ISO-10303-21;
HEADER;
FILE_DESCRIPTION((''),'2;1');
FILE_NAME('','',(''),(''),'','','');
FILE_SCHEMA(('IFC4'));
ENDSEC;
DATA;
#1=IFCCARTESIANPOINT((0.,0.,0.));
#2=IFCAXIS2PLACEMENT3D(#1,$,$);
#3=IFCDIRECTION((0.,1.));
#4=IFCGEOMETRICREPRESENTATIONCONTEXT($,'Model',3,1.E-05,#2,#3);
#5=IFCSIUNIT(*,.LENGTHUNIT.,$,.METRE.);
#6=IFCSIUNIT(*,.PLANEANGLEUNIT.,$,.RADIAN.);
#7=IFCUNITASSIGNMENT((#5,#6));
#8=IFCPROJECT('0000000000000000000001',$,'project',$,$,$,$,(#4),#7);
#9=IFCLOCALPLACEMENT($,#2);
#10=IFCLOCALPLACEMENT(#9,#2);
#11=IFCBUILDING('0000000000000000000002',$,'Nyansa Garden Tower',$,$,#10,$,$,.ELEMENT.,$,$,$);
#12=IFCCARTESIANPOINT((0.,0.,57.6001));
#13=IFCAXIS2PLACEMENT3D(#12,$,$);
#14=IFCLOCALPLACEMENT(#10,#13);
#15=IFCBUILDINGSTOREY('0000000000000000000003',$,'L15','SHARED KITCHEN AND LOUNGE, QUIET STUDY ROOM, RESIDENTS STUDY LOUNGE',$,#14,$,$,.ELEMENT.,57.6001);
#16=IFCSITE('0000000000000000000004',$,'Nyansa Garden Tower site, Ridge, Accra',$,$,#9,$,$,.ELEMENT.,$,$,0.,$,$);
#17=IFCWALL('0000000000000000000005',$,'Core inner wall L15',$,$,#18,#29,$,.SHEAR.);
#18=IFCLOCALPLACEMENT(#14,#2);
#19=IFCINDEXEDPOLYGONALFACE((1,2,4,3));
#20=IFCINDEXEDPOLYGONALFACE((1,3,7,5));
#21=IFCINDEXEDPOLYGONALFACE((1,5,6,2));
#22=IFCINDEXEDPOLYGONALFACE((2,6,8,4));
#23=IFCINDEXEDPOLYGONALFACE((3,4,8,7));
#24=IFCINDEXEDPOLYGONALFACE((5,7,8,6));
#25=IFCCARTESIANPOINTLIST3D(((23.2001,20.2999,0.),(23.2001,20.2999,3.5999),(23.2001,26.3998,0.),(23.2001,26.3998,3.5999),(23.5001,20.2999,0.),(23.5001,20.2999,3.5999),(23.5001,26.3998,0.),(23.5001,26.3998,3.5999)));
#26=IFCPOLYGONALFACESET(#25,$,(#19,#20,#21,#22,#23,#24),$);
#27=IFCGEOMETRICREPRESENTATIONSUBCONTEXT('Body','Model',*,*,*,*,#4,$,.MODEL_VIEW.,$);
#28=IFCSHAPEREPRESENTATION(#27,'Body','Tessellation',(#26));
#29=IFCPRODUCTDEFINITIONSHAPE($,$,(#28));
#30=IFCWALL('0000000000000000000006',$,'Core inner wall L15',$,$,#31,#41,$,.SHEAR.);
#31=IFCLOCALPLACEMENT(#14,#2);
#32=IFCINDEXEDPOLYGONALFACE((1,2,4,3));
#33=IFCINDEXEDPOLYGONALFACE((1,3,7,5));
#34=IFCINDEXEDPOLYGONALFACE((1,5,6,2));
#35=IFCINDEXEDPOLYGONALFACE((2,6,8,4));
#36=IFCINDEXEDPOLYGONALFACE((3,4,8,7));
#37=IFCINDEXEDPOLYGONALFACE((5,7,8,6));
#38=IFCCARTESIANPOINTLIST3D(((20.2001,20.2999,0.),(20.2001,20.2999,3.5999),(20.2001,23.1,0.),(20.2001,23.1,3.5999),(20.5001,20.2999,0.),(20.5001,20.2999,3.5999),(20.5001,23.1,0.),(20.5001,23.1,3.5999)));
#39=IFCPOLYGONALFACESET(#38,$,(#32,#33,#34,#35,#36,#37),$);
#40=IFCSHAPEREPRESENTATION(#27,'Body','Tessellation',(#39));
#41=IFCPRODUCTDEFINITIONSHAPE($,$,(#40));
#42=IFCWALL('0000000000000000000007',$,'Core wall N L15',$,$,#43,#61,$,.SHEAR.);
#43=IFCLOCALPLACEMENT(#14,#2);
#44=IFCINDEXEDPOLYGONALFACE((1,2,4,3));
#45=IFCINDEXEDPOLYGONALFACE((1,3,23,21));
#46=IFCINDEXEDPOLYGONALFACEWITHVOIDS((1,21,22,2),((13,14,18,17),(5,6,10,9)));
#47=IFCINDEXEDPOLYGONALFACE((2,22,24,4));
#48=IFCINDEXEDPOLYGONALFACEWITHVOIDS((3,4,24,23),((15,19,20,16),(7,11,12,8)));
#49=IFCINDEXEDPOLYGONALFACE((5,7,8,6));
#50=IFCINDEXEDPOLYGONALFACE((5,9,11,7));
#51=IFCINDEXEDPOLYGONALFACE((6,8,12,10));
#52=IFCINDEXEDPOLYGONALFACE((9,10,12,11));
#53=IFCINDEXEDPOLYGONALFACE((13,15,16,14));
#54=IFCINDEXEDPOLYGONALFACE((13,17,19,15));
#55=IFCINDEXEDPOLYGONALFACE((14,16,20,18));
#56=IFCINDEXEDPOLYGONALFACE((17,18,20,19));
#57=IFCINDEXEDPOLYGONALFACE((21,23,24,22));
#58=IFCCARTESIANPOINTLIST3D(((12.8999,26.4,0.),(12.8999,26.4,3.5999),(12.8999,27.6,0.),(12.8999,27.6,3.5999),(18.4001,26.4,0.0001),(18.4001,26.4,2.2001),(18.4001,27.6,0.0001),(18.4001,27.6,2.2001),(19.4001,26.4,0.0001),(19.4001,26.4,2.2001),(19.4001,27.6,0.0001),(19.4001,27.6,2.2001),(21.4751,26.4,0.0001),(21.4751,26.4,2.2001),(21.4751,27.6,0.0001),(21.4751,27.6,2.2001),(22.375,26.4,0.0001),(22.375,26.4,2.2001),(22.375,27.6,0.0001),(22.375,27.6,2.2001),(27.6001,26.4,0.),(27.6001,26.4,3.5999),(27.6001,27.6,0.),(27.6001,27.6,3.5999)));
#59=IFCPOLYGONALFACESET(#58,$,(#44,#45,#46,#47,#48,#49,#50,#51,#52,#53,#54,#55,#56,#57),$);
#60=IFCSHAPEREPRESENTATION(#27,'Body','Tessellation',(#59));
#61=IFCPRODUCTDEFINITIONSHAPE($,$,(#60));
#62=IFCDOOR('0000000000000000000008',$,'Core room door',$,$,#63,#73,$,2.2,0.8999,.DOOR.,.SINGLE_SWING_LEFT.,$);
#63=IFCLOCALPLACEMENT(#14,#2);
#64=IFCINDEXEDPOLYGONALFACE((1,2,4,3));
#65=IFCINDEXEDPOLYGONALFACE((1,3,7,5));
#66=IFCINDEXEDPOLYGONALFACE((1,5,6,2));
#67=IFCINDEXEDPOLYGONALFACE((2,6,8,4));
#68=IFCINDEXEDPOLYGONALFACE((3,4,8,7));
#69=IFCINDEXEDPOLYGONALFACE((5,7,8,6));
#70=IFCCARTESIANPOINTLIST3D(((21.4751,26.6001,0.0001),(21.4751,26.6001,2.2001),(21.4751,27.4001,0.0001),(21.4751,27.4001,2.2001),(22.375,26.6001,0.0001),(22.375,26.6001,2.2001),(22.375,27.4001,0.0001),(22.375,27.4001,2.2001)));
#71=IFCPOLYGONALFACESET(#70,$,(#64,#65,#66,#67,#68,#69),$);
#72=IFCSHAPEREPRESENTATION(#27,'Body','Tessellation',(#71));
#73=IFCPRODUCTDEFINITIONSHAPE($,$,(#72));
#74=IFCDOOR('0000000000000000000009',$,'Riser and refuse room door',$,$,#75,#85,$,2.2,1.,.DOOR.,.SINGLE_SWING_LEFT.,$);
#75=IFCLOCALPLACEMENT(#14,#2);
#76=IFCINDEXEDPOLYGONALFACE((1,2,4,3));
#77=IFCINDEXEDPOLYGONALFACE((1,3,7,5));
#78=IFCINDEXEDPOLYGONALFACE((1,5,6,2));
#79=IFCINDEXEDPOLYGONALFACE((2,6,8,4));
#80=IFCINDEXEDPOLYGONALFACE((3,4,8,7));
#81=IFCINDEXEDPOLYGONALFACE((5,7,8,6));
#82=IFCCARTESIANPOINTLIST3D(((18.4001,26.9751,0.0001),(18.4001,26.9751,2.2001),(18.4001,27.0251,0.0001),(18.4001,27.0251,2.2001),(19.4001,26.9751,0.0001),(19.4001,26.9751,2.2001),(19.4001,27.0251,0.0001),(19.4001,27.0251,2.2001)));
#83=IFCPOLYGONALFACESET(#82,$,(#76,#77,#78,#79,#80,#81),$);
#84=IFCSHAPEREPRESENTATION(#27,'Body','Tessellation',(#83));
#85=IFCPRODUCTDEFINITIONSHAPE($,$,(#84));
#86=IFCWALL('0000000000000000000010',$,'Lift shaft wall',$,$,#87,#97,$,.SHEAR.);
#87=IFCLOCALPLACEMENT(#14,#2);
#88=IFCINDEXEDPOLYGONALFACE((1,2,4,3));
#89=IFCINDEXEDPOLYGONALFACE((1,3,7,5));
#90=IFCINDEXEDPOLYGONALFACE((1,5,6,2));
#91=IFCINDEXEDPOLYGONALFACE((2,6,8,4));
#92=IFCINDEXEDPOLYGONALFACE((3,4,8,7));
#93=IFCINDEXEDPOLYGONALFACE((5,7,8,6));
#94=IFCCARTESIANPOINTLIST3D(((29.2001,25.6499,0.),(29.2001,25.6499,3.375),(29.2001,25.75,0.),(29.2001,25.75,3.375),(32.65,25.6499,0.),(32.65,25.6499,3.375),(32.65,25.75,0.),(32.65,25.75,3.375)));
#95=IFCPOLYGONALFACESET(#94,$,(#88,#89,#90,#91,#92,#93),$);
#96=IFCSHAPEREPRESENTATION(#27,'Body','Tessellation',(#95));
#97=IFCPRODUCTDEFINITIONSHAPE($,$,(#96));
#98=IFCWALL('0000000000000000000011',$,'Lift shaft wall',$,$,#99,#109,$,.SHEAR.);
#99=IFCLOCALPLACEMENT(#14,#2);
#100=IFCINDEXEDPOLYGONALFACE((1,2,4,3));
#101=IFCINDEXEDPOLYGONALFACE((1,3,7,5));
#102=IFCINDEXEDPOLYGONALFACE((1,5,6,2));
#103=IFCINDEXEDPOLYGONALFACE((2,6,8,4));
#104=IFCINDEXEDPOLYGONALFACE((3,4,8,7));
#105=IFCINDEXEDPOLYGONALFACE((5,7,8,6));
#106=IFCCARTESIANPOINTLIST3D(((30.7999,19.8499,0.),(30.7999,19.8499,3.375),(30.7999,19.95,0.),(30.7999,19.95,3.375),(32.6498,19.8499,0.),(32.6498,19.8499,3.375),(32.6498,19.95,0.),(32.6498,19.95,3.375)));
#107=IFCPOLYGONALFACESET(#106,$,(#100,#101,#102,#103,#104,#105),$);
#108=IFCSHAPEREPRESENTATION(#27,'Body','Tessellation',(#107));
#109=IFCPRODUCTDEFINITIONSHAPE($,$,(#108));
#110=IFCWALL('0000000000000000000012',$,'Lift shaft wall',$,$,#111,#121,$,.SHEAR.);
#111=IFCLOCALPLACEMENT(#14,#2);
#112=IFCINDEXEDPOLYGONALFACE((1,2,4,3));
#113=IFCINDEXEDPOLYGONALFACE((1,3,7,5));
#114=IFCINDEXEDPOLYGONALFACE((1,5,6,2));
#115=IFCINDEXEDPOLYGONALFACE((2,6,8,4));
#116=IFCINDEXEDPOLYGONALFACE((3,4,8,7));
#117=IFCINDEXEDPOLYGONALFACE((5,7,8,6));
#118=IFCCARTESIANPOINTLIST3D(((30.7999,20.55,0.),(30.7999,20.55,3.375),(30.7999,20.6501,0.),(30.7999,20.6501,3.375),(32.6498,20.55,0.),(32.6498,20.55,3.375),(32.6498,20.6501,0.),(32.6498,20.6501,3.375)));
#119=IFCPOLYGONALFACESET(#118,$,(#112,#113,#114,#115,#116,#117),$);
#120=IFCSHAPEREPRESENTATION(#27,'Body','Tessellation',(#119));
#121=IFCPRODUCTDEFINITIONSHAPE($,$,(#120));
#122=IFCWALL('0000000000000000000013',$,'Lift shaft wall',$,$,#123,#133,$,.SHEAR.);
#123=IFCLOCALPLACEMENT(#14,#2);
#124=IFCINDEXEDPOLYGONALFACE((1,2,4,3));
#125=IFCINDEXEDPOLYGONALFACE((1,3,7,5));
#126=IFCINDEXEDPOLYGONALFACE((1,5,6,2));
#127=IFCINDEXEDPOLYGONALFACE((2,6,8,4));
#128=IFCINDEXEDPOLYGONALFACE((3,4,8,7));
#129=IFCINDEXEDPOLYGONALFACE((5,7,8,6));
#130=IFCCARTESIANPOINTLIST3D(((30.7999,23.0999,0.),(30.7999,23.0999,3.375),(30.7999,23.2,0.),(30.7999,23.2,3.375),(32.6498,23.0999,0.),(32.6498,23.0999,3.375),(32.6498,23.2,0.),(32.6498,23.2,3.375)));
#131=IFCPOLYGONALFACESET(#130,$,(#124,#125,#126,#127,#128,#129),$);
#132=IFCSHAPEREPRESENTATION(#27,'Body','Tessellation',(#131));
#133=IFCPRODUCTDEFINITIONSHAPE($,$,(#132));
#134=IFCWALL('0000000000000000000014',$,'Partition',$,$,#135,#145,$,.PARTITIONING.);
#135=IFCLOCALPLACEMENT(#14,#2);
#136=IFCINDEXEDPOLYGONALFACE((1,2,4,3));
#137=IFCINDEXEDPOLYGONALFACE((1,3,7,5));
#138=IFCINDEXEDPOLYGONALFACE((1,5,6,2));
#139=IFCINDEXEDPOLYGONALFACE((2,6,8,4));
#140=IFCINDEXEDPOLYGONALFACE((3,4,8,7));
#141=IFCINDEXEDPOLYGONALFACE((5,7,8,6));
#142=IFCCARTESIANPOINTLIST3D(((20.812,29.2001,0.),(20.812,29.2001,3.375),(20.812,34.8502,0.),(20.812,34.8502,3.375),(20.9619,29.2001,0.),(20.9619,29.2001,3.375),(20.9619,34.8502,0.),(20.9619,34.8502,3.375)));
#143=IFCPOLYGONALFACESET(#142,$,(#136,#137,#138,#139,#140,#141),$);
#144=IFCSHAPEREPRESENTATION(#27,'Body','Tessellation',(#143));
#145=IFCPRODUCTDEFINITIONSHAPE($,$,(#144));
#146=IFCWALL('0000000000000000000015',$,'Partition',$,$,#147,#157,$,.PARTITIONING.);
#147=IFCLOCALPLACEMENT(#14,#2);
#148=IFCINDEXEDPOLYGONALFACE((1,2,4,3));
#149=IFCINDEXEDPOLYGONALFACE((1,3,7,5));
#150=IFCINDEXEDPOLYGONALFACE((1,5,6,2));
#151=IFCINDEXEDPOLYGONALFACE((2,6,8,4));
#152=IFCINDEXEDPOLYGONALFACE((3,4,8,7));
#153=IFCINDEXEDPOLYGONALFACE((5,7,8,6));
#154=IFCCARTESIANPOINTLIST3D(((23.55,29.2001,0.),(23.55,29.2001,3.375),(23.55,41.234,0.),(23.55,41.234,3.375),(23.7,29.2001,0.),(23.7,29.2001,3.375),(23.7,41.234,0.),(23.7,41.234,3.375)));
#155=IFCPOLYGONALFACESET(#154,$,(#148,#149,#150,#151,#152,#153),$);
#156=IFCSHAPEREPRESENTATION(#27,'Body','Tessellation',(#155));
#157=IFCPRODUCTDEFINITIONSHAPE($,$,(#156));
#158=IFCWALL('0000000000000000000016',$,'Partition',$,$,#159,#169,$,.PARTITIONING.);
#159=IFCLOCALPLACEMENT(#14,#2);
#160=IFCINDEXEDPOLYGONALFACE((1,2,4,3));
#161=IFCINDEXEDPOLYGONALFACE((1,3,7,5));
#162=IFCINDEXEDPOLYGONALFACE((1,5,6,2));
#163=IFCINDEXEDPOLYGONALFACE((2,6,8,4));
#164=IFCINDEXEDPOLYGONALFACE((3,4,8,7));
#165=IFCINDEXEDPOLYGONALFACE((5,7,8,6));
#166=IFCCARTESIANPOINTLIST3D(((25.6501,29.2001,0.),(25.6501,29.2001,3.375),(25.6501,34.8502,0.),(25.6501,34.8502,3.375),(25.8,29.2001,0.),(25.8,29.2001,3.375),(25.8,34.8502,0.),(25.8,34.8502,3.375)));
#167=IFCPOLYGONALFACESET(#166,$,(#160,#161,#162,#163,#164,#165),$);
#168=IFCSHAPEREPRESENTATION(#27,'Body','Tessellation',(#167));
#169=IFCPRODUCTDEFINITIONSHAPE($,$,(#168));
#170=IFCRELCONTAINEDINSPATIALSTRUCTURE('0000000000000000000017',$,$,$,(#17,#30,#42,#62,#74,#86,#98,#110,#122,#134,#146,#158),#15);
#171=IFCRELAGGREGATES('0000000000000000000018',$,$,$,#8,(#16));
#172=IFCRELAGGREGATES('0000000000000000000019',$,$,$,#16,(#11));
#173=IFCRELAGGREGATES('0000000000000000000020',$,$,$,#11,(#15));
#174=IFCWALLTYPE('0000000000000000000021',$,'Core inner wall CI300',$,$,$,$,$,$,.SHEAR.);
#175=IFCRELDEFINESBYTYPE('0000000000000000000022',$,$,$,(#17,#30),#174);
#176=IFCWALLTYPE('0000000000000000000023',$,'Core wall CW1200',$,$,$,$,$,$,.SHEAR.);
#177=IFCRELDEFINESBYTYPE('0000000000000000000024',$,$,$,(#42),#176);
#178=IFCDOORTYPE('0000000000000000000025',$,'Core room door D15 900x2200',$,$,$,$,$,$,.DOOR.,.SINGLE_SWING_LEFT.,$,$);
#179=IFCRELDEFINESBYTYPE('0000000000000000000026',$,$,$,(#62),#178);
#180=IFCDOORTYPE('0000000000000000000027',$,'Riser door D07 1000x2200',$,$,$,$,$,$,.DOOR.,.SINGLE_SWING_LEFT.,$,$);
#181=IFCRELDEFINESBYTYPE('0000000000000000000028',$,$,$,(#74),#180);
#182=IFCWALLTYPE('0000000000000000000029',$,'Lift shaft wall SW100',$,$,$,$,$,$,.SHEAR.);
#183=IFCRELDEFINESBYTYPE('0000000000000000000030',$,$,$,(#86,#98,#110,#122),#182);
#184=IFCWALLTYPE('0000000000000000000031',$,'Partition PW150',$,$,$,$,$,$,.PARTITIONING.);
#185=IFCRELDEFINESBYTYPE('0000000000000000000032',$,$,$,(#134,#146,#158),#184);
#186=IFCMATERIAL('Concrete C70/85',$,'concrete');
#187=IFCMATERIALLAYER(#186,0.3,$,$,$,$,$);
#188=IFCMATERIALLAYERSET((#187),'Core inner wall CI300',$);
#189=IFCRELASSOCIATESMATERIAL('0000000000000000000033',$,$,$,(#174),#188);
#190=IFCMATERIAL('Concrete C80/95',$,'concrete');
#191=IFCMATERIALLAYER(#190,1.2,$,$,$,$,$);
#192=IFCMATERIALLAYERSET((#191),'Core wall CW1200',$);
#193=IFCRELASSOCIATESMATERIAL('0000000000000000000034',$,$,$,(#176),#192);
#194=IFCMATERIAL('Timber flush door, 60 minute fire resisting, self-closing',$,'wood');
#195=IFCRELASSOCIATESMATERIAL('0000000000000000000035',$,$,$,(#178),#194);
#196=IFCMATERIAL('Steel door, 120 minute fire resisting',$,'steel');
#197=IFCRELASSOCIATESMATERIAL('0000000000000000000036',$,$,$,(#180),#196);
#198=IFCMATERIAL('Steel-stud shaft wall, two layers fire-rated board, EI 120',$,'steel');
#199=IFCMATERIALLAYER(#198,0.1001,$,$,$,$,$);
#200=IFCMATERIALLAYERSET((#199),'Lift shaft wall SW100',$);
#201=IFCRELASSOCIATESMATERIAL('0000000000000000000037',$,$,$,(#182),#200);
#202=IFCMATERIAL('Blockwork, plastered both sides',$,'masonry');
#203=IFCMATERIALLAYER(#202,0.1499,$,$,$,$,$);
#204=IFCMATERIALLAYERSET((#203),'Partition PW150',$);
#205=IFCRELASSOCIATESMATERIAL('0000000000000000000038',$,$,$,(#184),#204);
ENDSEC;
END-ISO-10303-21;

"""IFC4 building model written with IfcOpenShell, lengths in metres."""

from ifc_helpers import new_model, si_unit, direction, frame, frame_2d, origin, place, context, subcontext, project, spatial, rectangle, extrude, material, layer, layer_set, type_object, element, fill, save


model = new_model("IFC4")

# Units and contexts
model_context = context("Model", 3, precision=1e-05, world=origin(), true_north=direction((0.0, 1.0)))
body_context = subcontext(model_context, "Body", "Model", "MODEL_VIEW")
ifc_project = project(units=[si_unit("LENGTHUNIT", "METRE"), si_unit("PLANEANGLEUNIT", "RADIAN")], contexts=[model_context])

# Site, building, storey
site_placement = place(None, origin())
site = spatial("IfcSite", under=ifc_project, at=site_placement, Name="Nyansa Garden Tower site, Ridge, Accra", CompositionType="ELEMENT", RefElevation=0.0)
building_placement = place(site_placement, origin())
building = spatial("IfcBuilding", under=site, at=building_placement, Name="Nyansa Garden Tower", CompositionType="ELEMENT")
storey_placement = place(building_placement, frame((0.0, 0.0, 57.6001)))
storey = spatial("IfcBuildingStorey", under=building, at=storey_placement, Name="L15", Description="SHARED KITCHEN AND LOUNGE, QUIET STUDY ROOM, RESIDENTS STUDY LOUNGE", CompositionType="ELEMENT", Elevation=57.6001)

# Walls
ifc_material_1 = material(Name="Concrete C70/85", Category="concrete")
ifc_layer_1 = layer(ifc_material_1, 0.3)
ifc_layer_set_1 = layer_set([ifc_layer_1], Name="Core inner wall CI300")
wall_type_1 = type_object("IfcWallType", Name="Core inner wall CI300", PredefinedType="SHEAR", material=ifc_layer_set_1)
wall_1_placement = place(storey_placement, frame((23.3501, 20.3, 0.0), z_axis=(0.0, 0.0, 1.0), x_axis=(0.0, 1.0, 0.0)))
element("IfcWall", 1, at=wall_1_placement, inside=storey, type_object=wall_type_1, Name="Core inner wall L15", PredefinedType="SHEAR", context=body_context, shape_type="SweptSolid", body=[
    extrude(rectangle(XDim=6.0999, YDim=0.3, at=frame_2d((3.0498, 0.0))), origin(), (0.0, 0.0, 1.0), 3.5999),
])
wall_2_placement = place(storey_placement, frame((20.3501, 20.3, 0.0), z_axis=(0.0, 0.0, 1.0), x_axis=(0.0, 1.0, 0.0)))
element("IfcWall", 2, at=wall_2_placement, inside=storey, type_object=wall_type_1, Name="Core inner wall L15", PredefinedType="SHEAR", context=body_context, shape_type="SweptSolid", body=[
    extrude(rectangle(XDim=2.8, YDim=0.3, at=frame_2d((1.3999, 0.0))), origin(), (0.0, 0.0, 1.0), 3.5999),
])

# Wall, openings, doors
ifc_material_2 = material(Name="Concrete C80/95", Category="concrete")
ifc_layer_2 = layer(ifc_material_2, 1.2)
ifc_layer_set_2 = layer_set([ifc_layer_2], Name="Core wall CW1200")
wall_type_2 = type_object("IfcWallType", Name="Core wall CW1200", PredefinedType="SHEAR", material=ifc_layer_set_2)
wall_3_placement = place(storey_placement, frame((27.6001, 27.0, 0.0), z_axis=(0.0, 0.0, 1.0), x_axis=(-1.0, 0.0, 0.0)))
wall_3 = element("IfcWall", 3, at=wall_3_placement, inside=storey, type_object=wall_type_2, Name="Core wall N L15", PredefinedType="SHEAR", context=body_context, shape_type="SweptSolid", body=[
    extrude(rectangle(XDim=14.7002, YDim=1.2, at=frame_2d((7.3501, 0.0))), origin(), (0.0, 0.0, 1.0), 3.5999),
])
opening_1_placement = place(wall_3_placement, frame((5.2251, 0.0, 0.0)))
opening_1 = element("IfcOpeningElement", 4, at=opening_1_placement, cuts=wall_3, PredefinedType="OPENING", context=body_context, shape_type="SweptSolid", body=[
    extrude(rectangle(XDim=0.8999, YDim=2.2, at=frame_2d((0.45, 1.1001))), frame((0.0, 0.6099, 0.0), z_axis=(0.0, -1.0, 0.0), x_axis=(1.0, 0.0, 0.0)), (0.0, 0.0, 1.0), 1.22),
])
opening_2_placement = place(wall_3_placement, frame((8.2, 0.0, 0.0)))
opening_2 = element("IfcOpeningElement", 5, at=opening_2_placement, cuts=wall_3, PredefinedType="OPENING", context=body_context, shape_type="SweptSolid", body=[
    extrude(rectangle(XDim=1.0, YDim=2.2, at=frame_2d((0.5, 1.1001))), frame((0.0, 0.6099, 0.0), z_axis=(0.0, -1.0, 0.0), x_axis=(1.0, 0.0, 0.0)), (0.0, 0.0, 1.0), 1.22),
])
ifc_material_3 = material(Name="Timber flush door, 60 minute fire resisting, self-closing", Category="wood")
door_type_1 = type_object("IfcDoorType", Name="Core room door D15 900x2200", OperationType="SINGLE_SWING_LEFT", PredefinedType="DOOR", material=ifc_material_3)
door_1_placement = place(opening_1_placement, origin())
door_1 = element("IfcDoor", 6, at=door_1_placement, inside=storey, type_object=door_type_1, Name="Core room door", OperationType="SINGLE_SWING_LEFT", OverallHeight=2.2, OverallWidth=0.8999, PredefinedType="DOOR", context=body_context, shape_type="SweptSolid", body=[
    extrude(rectangle(XDim=0.8999, YDim=2.2, at=frame_2d((0.45, 1.1001))), frame((0.0, 0.3999, 0.0), z_axis=(0.0, -1.0, 0.0), x_axis=(1.0, 0.0, 0.0)), (0.0, 0.0, 1.0), 0.8),
])
fill(opening_1, door_1)
ifc_material_4 = material(Name="Steel door, 120 minute fire resisting", Category="steel")
door_type_2 = type_object("IfcDoorType", Name="Riser door D07 1000x2200", OperationType="SINGLE_SWING_LEFT", PredefinedType="DOOR", material=ifc_material_4)
door_2_placement = place(opening_2_placement, origin())
door_2 = element("IfcDoor", 7, at=door_2_placement, inside=storey, type_object=door_type_2, Name="Riser and refuse room door", OperationType="SINGLE_SWING_LEFT", OverallHeight=2.2, OverallWidth=1.0, PredefinedType="DOOR", context=body_context, shape_type="SweptSolid", body=[
    extrude(rectangle(XDim=1.0, YDim=2.2, at=frame_2d((0.5, 1.1001))), frame((0.0, 0.0249, 0.0), z_axis=(0.0, -1.0, 0.0), x_axis=(1.0, 0.0, 0.0)), (0.0, 0.0, 1.0), 0.05),
])
fill(opening_2, door_2)

# Walls
ifc_material_5 = material(Name="Steel-stud shaft wall, two layers fire-rated board, EI 120", Category="steel")
ifc_layer_3 = layer(ifc_material_5, 0.1001)
ifc_layer_set_3 = layer_set([ifc_layer_3], Name="Lift shaft wall SW100")
wall_type_3 = type_object("IfcWallType", Name="Lift shaft wall SW100", PredefinedType="SHEAR", material=ifc_layer_set_3)
wall_4_placement = place(storey_placement, frame((29.2, 25.7, 0.0), z_axis=(0.0, 0.0, 1.0), x_axis=(1.0, 0.0, 0.0)))
element("IfcWall", 8, at=wall_4_placement, inside=storey, type_object=wall_type_3, Name="Lift shaft wall", PredefinedType="SHEAR", context=body_context, shape_type="SweptSolid", body=[
    extrude(rectangle(XDim=3.45, YDim=0.1001, at=frame_2d((1.7251, 0.0))), origin(), (0.0, 0.0, 1.0), 3.375),
])
for number, where, z_axis, x_axis, name in (
    (9, (30.8, 19.8999, 0.0), (0.0, 0.0, 1.0), (1.0, 0.0, 0.0), "Lift shaft wall"),
    (10, (30.8, 20.6001, 0.0), (0.0, 0.0, 1.0), (1.0, 0.0, 0.0), "Lift shaft wall"),
    (11, (30.8, 23.1499, 0.0), (0.0, 0.0, 1.0), (1.0, 0.0, 0.0), "Lift shaft wall"),
):
    element("IfcWall", number, at=place(storey_placement, frame(where, z_axis=z_axis, x_axis=x_axis)), inside=storey, type_object=wall_type_3, Name=name, PredefinedType="SHEAR", context=body_context, shape_type="SweptSolid", body=[
        extrude(rectangle(XDim=1.8499, YDim=0.1001, at=frame_2d((0.9248, 0.0))), origin(), (0.0, 0.0, 1.0), 3.375),
    ])
ifc_material_6 = material(Name="Blockwork, plastered both sides", Category="masonry")
ifc_layer_4 = layer(ifc_material_6, 0.1499)
ifc_layer_set_4 = layer_set([ifc_layer_4], Name="Partition PW150")
wall_type_4 = type_object("IfcWallType", Name="Partition PW150", PredefinedType="PARTITIONING", material=ifc_layer_set_4)
wall_5_placement = place(storey_placement, frame((20.887, 29.2, 0.0), z_axis=(0.0, 0.0, 1.0), x_axis=(0.0, 1.0, 0.0)))
element("IfcWall", 12, at=wall_5_placement, inside=storey, type_object=wall_type_4, Name="Partition", PredefinedType="PARTITIONING", context=body_context, shape_type="SweptSolid", body=[
    extrude(rectangle(XDim=5.6501, YDim=0.1499, at=frame_2d((2.8252, 0.0))), origin(), (0.0, 0.0, 1.0), 3.375),
])
wall_6_placement = place(storey_placement, frame((23.625, 29.2, 0.0), z_axis=(0.0, 0.0, 1.0), x_axis=(0.0, 1.0, 0.0)))
element("IfcWall", 13, at=wall_6_placement, inside=storey, type_object=wall_type_4, Name="Partition", PredefinedType="PARTITIONING", context=body_context, shape_type="SweptSolid", body=[
    extrude(rectangle(XDim=12.0339, YDim=0.1499, at=frame_2d((6.0171, 0.0))), origin(), (0.0, 0.0, 1.0), 3.375),
])
wall_7_placement = place(storey_placement, frame((25.7251, 29.2, 0.0), z_axis=(0.0, 0.0, 1.0), x_axis=(0.0, 1.0, 0.0)))
element("IfcWall", 14, at=wall_7_placement, inside=storey, type_object=wall_type_4, Name="Partition", PredefinedType="PARTITIONING", context=body_context, shape_type="SweptSolid", body=[
    extrude(rectangle(XDim=5.6501, YDim=0.1499, at=frame_2d((2.8252, 0.0))), origin(), (0.0, 0.0, 1.0), 3.375),
])

save(model, "model.ifc")
